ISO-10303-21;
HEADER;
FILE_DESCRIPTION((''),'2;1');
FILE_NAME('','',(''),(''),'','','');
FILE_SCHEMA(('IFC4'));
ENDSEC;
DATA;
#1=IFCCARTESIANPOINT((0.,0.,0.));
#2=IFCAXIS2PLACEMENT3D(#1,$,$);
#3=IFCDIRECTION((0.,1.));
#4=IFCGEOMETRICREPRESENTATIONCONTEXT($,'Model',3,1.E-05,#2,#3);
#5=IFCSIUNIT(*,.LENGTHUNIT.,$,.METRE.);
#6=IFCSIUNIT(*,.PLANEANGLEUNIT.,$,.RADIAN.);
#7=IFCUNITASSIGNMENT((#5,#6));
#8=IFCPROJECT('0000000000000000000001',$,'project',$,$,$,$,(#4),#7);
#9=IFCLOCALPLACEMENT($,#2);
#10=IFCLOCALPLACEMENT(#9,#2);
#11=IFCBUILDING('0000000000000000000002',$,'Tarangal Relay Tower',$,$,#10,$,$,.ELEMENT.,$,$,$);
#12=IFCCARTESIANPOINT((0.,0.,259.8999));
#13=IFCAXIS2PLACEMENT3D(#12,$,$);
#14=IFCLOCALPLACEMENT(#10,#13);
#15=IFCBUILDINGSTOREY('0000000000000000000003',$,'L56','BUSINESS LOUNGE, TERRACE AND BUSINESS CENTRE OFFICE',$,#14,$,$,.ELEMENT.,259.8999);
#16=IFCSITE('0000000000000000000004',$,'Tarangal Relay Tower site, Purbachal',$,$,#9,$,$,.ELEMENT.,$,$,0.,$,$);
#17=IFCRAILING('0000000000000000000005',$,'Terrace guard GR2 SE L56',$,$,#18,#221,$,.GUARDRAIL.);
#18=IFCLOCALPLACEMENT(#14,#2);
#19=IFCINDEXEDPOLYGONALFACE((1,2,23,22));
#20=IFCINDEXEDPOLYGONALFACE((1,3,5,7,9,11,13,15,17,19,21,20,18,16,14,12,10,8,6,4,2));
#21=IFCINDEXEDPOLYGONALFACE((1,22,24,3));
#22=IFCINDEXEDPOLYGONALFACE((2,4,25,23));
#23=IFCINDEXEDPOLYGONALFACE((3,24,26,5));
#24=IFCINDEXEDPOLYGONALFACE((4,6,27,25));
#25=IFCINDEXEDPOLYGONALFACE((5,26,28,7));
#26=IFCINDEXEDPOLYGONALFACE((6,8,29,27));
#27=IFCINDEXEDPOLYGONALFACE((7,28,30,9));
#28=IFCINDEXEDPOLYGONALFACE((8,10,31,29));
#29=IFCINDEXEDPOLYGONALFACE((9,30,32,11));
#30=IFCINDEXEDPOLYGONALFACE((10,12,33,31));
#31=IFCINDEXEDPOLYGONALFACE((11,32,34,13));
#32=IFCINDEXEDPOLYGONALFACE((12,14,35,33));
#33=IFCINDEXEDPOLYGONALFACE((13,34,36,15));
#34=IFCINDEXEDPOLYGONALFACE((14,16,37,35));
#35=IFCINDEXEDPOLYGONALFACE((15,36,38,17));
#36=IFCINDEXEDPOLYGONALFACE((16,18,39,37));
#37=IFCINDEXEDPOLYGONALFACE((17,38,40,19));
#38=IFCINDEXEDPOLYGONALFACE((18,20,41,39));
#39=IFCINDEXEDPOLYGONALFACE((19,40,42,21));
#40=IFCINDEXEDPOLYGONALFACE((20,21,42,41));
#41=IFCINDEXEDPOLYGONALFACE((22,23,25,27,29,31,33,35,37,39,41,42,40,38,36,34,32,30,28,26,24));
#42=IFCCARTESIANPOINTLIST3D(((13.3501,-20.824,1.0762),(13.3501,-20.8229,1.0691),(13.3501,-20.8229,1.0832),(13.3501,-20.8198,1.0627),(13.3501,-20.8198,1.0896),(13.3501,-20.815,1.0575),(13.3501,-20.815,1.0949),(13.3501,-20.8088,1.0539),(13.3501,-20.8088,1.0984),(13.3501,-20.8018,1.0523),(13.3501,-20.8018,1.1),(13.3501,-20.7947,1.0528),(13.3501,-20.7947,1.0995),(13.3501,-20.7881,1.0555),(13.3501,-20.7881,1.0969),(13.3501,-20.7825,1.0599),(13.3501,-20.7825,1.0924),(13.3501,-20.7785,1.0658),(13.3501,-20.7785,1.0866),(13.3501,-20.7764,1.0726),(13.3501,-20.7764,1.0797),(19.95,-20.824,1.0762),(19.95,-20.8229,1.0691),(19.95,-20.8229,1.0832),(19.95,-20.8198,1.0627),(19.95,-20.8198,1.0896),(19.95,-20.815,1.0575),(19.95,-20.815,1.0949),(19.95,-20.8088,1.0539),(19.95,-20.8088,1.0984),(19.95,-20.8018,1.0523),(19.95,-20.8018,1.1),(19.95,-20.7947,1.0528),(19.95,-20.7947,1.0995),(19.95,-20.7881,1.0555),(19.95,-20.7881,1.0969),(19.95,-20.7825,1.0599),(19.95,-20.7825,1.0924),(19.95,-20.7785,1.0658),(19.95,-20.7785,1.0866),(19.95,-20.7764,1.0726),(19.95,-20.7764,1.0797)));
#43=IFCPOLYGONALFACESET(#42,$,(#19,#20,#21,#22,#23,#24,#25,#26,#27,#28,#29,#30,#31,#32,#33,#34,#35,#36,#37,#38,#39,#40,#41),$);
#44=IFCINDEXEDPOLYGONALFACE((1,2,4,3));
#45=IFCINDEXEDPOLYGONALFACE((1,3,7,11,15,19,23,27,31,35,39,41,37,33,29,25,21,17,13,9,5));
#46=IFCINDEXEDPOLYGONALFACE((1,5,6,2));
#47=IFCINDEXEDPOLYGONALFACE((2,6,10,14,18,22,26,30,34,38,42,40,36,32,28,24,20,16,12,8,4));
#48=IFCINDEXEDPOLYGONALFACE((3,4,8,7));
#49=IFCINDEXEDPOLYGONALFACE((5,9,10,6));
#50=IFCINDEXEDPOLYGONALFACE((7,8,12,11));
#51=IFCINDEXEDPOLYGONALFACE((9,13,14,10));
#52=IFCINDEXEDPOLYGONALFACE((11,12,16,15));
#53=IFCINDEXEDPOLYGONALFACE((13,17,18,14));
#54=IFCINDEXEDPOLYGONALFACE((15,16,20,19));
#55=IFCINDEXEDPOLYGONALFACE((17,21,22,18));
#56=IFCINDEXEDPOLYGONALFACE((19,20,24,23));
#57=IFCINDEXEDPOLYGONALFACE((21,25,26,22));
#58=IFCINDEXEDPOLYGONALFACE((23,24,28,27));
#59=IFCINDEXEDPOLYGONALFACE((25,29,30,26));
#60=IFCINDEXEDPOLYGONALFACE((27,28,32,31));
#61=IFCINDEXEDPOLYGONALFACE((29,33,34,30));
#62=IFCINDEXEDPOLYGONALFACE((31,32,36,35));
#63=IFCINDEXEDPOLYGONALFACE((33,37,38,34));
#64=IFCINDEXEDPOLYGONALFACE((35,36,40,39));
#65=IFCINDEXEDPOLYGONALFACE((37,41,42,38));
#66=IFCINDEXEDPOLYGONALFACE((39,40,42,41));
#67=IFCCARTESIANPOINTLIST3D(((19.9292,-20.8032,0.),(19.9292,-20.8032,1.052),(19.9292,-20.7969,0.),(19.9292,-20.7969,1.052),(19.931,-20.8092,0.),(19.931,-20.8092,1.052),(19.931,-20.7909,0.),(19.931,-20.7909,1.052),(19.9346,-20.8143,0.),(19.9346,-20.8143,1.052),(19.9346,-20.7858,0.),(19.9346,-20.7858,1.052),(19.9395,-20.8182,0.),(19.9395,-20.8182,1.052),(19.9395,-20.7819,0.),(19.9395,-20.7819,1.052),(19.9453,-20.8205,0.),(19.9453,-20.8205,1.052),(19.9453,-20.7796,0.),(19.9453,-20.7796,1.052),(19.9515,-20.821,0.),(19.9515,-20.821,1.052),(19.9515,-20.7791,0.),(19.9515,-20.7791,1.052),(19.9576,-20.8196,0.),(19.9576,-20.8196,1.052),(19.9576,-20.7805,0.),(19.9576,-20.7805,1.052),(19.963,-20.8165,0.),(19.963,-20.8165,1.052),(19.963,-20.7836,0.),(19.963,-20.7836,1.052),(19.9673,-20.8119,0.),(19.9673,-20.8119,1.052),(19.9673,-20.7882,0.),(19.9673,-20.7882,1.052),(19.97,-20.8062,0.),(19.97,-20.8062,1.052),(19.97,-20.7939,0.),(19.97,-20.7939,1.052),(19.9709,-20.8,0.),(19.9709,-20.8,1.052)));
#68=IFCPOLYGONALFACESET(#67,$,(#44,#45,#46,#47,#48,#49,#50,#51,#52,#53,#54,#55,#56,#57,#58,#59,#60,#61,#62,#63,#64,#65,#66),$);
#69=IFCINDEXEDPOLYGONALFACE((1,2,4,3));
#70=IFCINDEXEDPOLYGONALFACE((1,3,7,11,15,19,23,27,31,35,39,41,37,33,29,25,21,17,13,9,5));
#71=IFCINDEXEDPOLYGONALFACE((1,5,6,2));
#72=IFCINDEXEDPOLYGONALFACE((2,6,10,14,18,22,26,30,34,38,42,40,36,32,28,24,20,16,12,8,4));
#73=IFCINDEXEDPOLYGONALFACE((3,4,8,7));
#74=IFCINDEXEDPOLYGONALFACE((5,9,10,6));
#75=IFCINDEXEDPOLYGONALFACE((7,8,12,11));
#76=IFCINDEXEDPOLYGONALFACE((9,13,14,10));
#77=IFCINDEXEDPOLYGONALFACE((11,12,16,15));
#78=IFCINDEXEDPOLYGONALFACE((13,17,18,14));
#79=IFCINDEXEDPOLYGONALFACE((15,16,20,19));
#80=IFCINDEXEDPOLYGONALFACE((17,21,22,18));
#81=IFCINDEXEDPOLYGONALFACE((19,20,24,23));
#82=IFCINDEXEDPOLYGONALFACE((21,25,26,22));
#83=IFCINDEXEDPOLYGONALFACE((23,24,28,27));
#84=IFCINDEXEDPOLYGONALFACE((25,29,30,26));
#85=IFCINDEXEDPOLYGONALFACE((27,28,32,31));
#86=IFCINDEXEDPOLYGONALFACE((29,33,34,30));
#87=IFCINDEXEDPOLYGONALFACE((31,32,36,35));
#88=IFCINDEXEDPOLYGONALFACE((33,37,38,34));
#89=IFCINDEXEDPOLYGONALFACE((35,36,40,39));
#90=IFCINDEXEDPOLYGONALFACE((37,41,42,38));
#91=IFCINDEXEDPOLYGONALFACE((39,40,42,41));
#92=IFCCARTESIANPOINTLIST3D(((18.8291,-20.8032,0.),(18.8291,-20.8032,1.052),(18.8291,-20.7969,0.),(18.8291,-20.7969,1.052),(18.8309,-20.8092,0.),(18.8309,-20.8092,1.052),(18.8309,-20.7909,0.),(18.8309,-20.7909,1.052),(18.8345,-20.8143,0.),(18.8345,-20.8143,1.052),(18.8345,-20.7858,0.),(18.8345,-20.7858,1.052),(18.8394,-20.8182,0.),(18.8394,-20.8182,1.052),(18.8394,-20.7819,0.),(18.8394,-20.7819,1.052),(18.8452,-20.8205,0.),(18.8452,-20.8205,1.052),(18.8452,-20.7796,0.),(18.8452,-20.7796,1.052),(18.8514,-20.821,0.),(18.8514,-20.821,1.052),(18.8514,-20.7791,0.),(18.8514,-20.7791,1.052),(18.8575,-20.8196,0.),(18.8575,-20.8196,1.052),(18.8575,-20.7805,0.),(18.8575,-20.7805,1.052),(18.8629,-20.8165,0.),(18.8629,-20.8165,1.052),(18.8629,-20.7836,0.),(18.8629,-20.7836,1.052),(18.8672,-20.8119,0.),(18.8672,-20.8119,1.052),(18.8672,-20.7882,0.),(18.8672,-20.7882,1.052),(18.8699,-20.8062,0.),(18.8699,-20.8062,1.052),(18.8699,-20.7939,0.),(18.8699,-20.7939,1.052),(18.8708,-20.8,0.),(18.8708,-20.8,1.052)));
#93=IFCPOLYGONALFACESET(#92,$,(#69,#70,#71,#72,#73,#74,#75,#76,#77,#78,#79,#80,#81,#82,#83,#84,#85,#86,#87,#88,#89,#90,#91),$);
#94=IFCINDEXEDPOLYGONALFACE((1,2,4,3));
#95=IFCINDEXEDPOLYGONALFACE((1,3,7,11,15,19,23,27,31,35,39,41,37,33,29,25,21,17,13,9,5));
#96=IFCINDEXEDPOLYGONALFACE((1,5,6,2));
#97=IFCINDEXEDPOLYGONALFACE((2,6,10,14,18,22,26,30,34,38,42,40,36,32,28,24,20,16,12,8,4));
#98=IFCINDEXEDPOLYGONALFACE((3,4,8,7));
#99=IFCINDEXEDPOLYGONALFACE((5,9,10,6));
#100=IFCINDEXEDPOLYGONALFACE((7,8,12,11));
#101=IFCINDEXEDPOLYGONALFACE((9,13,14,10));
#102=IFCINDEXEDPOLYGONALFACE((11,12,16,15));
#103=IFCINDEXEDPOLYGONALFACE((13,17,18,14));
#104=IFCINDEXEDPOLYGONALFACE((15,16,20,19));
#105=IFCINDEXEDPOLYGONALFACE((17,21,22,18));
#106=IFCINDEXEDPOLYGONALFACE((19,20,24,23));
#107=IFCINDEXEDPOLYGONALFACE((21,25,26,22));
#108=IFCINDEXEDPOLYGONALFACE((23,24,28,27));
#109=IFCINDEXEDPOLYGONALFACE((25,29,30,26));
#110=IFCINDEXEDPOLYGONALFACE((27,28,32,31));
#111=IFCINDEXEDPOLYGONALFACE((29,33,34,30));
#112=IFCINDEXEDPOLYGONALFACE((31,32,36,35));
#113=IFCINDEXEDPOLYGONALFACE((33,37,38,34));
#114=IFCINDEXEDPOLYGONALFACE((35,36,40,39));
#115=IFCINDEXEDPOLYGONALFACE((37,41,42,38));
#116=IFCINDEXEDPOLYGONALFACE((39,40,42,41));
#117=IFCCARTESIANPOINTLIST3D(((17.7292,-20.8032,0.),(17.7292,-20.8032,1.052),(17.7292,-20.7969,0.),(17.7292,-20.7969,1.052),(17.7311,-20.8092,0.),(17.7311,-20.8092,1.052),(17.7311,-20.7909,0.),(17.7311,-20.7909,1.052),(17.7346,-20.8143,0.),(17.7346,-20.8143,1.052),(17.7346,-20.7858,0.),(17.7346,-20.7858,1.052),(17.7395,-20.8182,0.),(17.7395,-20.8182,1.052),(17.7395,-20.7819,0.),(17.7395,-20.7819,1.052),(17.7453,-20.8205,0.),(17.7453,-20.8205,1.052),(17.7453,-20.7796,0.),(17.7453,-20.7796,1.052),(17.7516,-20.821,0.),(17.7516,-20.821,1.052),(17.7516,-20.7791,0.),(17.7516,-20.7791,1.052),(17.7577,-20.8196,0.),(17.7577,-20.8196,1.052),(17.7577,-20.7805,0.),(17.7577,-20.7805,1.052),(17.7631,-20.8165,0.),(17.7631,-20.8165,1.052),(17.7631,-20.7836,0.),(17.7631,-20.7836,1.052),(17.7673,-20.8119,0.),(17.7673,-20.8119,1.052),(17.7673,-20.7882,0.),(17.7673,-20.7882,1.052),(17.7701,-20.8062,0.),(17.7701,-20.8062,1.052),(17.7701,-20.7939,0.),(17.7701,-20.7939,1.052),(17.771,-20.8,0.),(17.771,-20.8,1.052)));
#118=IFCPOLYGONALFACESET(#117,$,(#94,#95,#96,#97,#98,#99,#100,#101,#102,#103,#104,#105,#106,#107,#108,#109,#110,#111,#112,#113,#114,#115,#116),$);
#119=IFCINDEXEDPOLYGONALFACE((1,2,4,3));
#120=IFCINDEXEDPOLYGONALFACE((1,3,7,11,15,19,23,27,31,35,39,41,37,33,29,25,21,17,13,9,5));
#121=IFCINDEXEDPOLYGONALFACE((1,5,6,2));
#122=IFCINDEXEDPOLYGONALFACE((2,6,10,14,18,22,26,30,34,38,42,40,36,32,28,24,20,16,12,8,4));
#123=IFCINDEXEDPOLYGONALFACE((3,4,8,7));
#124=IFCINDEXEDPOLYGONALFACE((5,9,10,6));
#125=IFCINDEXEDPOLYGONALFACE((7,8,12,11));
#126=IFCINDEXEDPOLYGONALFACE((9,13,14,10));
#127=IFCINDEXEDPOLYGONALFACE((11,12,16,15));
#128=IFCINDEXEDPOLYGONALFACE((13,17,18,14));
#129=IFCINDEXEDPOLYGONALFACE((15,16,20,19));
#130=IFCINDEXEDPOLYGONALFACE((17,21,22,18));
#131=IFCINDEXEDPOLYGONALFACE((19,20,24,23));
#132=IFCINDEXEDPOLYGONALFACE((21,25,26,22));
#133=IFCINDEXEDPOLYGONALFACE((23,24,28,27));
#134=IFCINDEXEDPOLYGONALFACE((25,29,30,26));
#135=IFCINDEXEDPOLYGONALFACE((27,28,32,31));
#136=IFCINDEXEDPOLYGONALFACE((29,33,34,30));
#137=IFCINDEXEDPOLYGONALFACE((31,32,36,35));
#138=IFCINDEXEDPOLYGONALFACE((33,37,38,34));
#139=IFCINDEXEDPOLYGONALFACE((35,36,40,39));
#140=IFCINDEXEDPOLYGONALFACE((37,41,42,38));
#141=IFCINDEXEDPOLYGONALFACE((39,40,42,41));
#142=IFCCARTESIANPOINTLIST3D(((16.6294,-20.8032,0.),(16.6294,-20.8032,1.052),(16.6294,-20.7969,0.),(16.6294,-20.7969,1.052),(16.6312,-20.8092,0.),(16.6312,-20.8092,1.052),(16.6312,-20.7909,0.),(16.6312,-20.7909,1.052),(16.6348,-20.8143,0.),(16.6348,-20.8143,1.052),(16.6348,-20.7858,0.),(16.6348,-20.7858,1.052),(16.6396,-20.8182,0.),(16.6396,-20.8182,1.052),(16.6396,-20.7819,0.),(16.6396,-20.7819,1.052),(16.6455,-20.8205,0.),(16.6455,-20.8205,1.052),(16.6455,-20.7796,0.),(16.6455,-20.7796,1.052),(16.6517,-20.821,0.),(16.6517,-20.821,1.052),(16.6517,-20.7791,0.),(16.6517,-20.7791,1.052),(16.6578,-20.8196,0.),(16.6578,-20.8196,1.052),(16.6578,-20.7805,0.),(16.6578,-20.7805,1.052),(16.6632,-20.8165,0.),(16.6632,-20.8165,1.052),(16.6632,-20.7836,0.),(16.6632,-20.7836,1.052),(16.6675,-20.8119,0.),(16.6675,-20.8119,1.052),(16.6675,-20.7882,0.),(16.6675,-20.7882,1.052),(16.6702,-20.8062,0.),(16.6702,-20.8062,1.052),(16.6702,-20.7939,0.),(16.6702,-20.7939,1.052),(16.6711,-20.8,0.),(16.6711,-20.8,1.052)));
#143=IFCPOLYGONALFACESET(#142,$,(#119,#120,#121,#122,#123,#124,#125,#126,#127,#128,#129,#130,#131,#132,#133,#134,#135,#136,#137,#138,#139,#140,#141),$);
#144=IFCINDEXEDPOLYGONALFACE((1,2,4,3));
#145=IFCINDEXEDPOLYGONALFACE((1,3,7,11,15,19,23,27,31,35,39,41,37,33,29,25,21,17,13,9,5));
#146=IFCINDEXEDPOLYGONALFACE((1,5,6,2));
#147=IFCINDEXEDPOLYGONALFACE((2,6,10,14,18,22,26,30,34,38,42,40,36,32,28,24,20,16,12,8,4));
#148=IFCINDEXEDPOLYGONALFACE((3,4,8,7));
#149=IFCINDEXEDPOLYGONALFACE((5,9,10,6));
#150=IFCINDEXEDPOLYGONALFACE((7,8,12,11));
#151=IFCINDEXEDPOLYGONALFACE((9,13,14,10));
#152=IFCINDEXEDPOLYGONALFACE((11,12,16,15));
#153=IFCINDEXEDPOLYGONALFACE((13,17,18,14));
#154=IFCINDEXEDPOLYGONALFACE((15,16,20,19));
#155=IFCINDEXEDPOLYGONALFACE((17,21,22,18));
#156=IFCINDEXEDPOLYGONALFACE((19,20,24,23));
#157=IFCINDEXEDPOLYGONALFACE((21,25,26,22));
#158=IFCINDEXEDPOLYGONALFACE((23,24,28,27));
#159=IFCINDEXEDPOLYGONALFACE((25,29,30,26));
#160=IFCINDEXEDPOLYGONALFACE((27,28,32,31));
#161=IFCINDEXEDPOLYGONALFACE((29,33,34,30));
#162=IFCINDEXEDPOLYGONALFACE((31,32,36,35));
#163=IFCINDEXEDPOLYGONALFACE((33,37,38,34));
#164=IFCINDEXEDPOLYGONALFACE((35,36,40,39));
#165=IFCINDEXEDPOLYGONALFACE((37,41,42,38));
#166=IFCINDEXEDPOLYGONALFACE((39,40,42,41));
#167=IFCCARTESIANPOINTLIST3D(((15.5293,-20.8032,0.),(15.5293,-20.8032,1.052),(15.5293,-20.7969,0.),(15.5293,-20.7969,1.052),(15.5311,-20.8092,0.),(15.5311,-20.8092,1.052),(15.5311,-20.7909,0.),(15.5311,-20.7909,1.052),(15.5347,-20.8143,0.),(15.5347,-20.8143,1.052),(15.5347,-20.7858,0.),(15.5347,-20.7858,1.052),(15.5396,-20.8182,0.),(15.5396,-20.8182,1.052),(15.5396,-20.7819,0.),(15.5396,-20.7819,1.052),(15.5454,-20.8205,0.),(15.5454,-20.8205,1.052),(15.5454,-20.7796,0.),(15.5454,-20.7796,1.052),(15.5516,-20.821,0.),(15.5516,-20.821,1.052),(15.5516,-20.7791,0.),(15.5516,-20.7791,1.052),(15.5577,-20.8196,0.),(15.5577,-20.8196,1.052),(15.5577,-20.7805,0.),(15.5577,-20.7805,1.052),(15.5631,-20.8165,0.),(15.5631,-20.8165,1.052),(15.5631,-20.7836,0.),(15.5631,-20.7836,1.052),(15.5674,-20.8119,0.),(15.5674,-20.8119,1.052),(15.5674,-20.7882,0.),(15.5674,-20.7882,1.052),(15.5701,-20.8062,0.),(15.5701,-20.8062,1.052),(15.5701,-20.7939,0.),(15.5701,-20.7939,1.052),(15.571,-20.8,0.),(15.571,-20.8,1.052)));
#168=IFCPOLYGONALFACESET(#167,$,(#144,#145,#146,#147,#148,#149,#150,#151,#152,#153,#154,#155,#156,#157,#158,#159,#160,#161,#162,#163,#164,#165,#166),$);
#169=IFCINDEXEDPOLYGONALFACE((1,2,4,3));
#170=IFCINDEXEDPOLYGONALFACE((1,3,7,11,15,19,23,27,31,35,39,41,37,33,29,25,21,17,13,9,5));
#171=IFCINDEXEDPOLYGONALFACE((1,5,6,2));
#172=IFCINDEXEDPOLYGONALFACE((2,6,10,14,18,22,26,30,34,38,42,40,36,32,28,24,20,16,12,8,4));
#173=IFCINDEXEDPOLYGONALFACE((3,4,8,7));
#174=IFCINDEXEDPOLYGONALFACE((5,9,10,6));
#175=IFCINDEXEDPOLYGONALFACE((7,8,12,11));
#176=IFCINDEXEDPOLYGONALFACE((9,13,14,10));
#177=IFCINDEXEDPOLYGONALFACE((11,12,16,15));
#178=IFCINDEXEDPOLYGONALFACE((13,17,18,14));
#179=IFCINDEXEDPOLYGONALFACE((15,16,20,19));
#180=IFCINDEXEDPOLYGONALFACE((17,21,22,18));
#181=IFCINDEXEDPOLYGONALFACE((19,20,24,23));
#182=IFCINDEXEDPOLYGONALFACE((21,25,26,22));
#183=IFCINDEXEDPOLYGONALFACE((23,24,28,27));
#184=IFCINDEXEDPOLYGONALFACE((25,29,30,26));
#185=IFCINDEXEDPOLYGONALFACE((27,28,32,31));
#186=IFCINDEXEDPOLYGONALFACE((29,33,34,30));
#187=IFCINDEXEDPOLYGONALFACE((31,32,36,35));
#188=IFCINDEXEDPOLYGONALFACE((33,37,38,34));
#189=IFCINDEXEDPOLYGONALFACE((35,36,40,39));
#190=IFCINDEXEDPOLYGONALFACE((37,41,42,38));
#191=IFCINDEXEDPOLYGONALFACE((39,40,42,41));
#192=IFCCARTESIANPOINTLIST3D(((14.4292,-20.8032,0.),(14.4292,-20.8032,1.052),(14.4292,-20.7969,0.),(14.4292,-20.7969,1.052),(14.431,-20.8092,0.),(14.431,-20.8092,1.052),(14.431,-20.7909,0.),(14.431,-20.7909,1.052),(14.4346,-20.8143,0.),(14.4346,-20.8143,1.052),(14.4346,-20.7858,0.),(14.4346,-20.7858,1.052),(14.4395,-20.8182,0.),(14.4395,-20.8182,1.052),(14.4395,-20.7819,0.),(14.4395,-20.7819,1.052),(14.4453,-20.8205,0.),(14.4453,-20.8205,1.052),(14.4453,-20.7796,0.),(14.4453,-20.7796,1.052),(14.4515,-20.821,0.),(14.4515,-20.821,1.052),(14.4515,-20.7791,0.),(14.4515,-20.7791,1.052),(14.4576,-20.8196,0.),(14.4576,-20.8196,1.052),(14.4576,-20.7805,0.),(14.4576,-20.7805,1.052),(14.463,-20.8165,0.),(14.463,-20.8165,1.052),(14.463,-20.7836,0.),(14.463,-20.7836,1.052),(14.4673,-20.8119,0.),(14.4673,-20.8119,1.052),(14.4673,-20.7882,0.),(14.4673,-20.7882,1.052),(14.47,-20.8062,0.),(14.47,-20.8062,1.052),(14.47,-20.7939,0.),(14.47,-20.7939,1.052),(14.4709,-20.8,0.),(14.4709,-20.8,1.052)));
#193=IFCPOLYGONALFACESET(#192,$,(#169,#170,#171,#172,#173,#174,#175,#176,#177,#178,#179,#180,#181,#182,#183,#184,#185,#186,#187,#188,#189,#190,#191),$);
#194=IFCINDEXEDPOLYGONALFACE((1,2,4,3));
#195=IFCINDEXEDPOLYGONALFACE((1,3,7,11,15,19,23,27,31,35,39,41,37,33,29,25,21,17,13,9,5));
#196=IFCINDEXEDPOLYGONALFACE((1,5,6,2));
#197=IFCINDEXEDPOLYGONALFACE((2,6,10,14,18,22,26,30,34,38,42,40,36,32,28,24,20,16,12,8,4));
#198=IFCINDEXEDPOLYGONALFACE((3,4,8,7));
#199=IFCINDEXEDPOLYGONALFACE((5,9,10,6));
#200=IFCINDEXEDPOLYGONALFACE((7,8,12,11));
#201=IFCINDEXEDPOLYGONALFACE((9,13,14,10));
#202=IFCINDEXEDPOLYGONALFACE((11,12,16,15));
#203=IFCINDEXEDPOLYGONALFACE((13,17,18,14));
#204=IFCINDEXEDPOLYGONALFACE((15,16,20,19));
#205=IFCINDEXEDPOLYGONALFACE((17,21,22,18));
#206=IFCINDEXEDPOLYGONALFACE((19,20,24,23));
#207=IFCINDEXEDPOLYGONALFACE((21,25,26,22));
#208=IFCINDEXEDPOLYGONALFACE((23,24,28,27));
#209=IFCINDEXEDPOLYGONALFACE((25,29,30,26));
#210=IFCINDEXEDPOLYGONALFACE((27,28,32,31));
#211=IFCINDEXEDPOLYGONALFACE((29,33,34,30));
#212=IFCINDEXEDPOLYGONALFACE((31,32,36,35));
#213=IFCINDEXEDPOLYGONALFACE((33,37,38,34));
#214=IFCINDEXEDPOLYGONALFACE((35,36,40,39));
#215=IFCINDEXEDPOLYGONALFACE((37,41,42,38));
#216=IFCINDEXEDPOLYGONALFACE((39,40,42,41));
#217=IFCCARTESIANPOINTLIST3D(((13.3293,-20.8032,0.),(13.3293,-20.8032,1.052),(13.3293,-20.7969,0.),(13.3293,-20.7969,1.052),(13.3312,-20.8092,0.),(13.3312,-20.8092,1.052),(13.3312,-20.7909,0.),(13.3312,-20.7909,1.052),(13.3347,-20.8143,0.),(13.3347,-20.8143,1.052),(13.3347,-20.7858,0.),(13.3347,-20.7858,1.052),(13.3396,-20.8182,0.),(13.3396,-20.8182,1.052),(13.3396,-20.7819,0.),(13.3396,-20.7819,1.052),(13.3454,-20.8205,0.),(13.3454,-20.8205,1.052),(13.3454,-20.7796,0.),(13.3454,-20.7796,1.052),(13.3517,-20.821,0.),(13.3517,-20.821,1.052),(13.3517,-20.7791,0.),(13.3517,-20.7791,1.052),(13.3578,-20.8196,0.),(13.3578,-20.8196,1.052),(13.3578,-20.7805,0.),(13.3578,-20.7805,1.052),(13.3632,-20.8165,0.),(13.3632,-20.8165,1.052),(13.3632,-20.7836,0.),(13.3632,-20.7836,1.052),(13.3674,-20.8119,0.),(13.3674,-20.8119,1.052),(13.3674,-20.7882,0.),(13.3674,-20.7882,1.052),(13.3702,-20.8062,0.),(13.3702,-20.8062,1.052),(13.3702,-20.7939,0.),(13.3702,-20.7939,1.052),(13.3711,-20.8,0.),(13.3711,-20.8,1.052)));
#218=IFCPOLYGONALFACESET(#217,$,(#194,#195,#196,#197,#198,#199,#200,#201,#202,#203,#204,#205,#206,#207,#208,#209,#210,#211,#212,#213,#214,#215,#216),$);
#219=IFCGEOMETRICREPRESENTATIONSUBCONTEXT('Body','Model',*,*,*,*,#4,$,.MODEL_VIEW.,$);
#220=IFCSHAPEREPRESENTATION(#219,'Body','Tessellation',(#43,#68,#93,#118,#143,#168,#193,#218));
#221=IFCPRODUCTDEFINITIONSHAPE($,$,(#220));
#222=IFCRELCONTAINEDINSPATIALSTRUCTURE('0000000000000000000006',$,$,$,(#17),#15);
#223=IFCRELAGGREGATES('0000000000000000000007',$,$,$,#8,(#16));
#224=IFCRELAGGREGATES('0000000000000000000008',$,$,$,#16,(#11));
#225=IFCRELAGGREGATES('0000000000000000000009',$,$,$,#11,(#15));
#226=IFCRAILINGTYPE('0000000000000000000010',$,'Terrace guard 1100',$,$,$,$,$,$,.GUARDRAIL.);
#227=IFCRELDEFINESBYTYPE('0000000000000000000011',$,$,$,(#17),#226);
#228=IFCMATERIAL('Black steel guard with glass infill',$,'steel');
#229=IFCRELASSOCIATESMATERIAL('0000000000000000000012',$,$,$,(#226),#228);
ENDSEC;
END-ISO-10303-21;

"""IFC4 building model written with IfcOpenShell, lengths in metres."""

from ifc_helpers import new_model, si_unit, direction, frame, origin, origin_2d, place, context, subcontext, project, spatial, circle, extrude, material, type_object, element, save


model = new_model("IFC4")

# Units and contexts
model_context = context("Model", 3, precision=1e-05, world=origin(), true_north=direction((0.0, 1.0)))
body_context = subcontext(model_context, "Body", "Model", "MODEL_VIEW")
ifc_project = project(units=[si_unit("LENGTHUNIT", "METRE"), si_unit("PLANEANGLEUNIT", "RADIAN")], contexts=[model_context])

# Site, building, storey
site_placement = place(None, origin())
site = spatial("IfcSite", under=ifc_project, at=site_placement, Name="Tarangal Relay Tower site, Purbachal", CompositionType="ELEMENT", RefElevation=0.0)
building_placement = place(site_placement, origin())
building = spatial("IfcBuilding", under=site, at=building_placement, Name="Tarangal Relay Tower", CompositionType="ELEMENT")
storey_placement = place(building_placement, frame((0.0, 0.0, 259.8999)))
storey = spatial("IfcBuildingStorey", under=building, at=storey_placement, Name="L56", Description="BUSINESS LOUNGE, TERRACE AND BUSINESS CENTRE OFFICE", CompositionType="ELEMENT", Elevation=259.8999)

# Railing
ifc_material_1 = material(Name="Black steel guard with glass infill", Category="steel")
railing_type = type_object("IfcRailingType", Name="Terrace guard 1100", PredefinedType="GUARDRAIL", material=ifc_material_1)
railing_1_placement = place(storey_placement, frame((19.95, -20.8, 0.0)))
element("IfcRailing", 1, at=railing_1_placement, inside=storey, type_object=railing_type, Name="Terrace guard GR2 SE L56", PredefinedType="GUARDRAIL", context=body_context, shape_type="SweptSolid", body=[
    extrude(circle(Radius=0.0239, at=origin_2d()), frame((0.0, 0.0, 1.0762), z_axis=(-1.0, 0.0, 0.0), x_axis=(0.0, -1.0, 0.0)), (0.0, 0.0, 1.0), 6.5999),
    extrude(circle(Radius=0.021, at=origin_2d()), origin(), (0.0, 0.0, 1.0), 1.052),
    extrude(circle(Radius=0.021, at=origin_2d()), frame((-1.1001, 0.0, 0.0)), (0.0, 0.0, 1.0), 1.052),
    extrude(circle(Radius=0.021, at=origin_2d()), frame((-2.2, 0.0, 0.0)), (0.0, 0.0, 1.0), 1.052),
    extrude(circle(Radius=0.021, at=origin_2d()), frame((-3.2998, 0.0, 0.0)), (0.0, 0.0, 1.0), 1.052),
    extrude(circle(Radius=0.021, at=origin_2d()), frame((-4.3999, 0.0, 0.0)), (0.0, 0.0, 1.0), 1.052),
    extrude(circle(Radius=0.021, at=origin_2d()), frame((-5.5, 0.0, 0.0)), (0.0, 0.0, 1.0), 1.052),
    extrude(circle(Radius=0.021, at=origin_2d()), frame((-6.5999, 0.0, 0.0)), (0.0, 0.0, 1.0), 1.052),
])

save(model, "model.ifc")
